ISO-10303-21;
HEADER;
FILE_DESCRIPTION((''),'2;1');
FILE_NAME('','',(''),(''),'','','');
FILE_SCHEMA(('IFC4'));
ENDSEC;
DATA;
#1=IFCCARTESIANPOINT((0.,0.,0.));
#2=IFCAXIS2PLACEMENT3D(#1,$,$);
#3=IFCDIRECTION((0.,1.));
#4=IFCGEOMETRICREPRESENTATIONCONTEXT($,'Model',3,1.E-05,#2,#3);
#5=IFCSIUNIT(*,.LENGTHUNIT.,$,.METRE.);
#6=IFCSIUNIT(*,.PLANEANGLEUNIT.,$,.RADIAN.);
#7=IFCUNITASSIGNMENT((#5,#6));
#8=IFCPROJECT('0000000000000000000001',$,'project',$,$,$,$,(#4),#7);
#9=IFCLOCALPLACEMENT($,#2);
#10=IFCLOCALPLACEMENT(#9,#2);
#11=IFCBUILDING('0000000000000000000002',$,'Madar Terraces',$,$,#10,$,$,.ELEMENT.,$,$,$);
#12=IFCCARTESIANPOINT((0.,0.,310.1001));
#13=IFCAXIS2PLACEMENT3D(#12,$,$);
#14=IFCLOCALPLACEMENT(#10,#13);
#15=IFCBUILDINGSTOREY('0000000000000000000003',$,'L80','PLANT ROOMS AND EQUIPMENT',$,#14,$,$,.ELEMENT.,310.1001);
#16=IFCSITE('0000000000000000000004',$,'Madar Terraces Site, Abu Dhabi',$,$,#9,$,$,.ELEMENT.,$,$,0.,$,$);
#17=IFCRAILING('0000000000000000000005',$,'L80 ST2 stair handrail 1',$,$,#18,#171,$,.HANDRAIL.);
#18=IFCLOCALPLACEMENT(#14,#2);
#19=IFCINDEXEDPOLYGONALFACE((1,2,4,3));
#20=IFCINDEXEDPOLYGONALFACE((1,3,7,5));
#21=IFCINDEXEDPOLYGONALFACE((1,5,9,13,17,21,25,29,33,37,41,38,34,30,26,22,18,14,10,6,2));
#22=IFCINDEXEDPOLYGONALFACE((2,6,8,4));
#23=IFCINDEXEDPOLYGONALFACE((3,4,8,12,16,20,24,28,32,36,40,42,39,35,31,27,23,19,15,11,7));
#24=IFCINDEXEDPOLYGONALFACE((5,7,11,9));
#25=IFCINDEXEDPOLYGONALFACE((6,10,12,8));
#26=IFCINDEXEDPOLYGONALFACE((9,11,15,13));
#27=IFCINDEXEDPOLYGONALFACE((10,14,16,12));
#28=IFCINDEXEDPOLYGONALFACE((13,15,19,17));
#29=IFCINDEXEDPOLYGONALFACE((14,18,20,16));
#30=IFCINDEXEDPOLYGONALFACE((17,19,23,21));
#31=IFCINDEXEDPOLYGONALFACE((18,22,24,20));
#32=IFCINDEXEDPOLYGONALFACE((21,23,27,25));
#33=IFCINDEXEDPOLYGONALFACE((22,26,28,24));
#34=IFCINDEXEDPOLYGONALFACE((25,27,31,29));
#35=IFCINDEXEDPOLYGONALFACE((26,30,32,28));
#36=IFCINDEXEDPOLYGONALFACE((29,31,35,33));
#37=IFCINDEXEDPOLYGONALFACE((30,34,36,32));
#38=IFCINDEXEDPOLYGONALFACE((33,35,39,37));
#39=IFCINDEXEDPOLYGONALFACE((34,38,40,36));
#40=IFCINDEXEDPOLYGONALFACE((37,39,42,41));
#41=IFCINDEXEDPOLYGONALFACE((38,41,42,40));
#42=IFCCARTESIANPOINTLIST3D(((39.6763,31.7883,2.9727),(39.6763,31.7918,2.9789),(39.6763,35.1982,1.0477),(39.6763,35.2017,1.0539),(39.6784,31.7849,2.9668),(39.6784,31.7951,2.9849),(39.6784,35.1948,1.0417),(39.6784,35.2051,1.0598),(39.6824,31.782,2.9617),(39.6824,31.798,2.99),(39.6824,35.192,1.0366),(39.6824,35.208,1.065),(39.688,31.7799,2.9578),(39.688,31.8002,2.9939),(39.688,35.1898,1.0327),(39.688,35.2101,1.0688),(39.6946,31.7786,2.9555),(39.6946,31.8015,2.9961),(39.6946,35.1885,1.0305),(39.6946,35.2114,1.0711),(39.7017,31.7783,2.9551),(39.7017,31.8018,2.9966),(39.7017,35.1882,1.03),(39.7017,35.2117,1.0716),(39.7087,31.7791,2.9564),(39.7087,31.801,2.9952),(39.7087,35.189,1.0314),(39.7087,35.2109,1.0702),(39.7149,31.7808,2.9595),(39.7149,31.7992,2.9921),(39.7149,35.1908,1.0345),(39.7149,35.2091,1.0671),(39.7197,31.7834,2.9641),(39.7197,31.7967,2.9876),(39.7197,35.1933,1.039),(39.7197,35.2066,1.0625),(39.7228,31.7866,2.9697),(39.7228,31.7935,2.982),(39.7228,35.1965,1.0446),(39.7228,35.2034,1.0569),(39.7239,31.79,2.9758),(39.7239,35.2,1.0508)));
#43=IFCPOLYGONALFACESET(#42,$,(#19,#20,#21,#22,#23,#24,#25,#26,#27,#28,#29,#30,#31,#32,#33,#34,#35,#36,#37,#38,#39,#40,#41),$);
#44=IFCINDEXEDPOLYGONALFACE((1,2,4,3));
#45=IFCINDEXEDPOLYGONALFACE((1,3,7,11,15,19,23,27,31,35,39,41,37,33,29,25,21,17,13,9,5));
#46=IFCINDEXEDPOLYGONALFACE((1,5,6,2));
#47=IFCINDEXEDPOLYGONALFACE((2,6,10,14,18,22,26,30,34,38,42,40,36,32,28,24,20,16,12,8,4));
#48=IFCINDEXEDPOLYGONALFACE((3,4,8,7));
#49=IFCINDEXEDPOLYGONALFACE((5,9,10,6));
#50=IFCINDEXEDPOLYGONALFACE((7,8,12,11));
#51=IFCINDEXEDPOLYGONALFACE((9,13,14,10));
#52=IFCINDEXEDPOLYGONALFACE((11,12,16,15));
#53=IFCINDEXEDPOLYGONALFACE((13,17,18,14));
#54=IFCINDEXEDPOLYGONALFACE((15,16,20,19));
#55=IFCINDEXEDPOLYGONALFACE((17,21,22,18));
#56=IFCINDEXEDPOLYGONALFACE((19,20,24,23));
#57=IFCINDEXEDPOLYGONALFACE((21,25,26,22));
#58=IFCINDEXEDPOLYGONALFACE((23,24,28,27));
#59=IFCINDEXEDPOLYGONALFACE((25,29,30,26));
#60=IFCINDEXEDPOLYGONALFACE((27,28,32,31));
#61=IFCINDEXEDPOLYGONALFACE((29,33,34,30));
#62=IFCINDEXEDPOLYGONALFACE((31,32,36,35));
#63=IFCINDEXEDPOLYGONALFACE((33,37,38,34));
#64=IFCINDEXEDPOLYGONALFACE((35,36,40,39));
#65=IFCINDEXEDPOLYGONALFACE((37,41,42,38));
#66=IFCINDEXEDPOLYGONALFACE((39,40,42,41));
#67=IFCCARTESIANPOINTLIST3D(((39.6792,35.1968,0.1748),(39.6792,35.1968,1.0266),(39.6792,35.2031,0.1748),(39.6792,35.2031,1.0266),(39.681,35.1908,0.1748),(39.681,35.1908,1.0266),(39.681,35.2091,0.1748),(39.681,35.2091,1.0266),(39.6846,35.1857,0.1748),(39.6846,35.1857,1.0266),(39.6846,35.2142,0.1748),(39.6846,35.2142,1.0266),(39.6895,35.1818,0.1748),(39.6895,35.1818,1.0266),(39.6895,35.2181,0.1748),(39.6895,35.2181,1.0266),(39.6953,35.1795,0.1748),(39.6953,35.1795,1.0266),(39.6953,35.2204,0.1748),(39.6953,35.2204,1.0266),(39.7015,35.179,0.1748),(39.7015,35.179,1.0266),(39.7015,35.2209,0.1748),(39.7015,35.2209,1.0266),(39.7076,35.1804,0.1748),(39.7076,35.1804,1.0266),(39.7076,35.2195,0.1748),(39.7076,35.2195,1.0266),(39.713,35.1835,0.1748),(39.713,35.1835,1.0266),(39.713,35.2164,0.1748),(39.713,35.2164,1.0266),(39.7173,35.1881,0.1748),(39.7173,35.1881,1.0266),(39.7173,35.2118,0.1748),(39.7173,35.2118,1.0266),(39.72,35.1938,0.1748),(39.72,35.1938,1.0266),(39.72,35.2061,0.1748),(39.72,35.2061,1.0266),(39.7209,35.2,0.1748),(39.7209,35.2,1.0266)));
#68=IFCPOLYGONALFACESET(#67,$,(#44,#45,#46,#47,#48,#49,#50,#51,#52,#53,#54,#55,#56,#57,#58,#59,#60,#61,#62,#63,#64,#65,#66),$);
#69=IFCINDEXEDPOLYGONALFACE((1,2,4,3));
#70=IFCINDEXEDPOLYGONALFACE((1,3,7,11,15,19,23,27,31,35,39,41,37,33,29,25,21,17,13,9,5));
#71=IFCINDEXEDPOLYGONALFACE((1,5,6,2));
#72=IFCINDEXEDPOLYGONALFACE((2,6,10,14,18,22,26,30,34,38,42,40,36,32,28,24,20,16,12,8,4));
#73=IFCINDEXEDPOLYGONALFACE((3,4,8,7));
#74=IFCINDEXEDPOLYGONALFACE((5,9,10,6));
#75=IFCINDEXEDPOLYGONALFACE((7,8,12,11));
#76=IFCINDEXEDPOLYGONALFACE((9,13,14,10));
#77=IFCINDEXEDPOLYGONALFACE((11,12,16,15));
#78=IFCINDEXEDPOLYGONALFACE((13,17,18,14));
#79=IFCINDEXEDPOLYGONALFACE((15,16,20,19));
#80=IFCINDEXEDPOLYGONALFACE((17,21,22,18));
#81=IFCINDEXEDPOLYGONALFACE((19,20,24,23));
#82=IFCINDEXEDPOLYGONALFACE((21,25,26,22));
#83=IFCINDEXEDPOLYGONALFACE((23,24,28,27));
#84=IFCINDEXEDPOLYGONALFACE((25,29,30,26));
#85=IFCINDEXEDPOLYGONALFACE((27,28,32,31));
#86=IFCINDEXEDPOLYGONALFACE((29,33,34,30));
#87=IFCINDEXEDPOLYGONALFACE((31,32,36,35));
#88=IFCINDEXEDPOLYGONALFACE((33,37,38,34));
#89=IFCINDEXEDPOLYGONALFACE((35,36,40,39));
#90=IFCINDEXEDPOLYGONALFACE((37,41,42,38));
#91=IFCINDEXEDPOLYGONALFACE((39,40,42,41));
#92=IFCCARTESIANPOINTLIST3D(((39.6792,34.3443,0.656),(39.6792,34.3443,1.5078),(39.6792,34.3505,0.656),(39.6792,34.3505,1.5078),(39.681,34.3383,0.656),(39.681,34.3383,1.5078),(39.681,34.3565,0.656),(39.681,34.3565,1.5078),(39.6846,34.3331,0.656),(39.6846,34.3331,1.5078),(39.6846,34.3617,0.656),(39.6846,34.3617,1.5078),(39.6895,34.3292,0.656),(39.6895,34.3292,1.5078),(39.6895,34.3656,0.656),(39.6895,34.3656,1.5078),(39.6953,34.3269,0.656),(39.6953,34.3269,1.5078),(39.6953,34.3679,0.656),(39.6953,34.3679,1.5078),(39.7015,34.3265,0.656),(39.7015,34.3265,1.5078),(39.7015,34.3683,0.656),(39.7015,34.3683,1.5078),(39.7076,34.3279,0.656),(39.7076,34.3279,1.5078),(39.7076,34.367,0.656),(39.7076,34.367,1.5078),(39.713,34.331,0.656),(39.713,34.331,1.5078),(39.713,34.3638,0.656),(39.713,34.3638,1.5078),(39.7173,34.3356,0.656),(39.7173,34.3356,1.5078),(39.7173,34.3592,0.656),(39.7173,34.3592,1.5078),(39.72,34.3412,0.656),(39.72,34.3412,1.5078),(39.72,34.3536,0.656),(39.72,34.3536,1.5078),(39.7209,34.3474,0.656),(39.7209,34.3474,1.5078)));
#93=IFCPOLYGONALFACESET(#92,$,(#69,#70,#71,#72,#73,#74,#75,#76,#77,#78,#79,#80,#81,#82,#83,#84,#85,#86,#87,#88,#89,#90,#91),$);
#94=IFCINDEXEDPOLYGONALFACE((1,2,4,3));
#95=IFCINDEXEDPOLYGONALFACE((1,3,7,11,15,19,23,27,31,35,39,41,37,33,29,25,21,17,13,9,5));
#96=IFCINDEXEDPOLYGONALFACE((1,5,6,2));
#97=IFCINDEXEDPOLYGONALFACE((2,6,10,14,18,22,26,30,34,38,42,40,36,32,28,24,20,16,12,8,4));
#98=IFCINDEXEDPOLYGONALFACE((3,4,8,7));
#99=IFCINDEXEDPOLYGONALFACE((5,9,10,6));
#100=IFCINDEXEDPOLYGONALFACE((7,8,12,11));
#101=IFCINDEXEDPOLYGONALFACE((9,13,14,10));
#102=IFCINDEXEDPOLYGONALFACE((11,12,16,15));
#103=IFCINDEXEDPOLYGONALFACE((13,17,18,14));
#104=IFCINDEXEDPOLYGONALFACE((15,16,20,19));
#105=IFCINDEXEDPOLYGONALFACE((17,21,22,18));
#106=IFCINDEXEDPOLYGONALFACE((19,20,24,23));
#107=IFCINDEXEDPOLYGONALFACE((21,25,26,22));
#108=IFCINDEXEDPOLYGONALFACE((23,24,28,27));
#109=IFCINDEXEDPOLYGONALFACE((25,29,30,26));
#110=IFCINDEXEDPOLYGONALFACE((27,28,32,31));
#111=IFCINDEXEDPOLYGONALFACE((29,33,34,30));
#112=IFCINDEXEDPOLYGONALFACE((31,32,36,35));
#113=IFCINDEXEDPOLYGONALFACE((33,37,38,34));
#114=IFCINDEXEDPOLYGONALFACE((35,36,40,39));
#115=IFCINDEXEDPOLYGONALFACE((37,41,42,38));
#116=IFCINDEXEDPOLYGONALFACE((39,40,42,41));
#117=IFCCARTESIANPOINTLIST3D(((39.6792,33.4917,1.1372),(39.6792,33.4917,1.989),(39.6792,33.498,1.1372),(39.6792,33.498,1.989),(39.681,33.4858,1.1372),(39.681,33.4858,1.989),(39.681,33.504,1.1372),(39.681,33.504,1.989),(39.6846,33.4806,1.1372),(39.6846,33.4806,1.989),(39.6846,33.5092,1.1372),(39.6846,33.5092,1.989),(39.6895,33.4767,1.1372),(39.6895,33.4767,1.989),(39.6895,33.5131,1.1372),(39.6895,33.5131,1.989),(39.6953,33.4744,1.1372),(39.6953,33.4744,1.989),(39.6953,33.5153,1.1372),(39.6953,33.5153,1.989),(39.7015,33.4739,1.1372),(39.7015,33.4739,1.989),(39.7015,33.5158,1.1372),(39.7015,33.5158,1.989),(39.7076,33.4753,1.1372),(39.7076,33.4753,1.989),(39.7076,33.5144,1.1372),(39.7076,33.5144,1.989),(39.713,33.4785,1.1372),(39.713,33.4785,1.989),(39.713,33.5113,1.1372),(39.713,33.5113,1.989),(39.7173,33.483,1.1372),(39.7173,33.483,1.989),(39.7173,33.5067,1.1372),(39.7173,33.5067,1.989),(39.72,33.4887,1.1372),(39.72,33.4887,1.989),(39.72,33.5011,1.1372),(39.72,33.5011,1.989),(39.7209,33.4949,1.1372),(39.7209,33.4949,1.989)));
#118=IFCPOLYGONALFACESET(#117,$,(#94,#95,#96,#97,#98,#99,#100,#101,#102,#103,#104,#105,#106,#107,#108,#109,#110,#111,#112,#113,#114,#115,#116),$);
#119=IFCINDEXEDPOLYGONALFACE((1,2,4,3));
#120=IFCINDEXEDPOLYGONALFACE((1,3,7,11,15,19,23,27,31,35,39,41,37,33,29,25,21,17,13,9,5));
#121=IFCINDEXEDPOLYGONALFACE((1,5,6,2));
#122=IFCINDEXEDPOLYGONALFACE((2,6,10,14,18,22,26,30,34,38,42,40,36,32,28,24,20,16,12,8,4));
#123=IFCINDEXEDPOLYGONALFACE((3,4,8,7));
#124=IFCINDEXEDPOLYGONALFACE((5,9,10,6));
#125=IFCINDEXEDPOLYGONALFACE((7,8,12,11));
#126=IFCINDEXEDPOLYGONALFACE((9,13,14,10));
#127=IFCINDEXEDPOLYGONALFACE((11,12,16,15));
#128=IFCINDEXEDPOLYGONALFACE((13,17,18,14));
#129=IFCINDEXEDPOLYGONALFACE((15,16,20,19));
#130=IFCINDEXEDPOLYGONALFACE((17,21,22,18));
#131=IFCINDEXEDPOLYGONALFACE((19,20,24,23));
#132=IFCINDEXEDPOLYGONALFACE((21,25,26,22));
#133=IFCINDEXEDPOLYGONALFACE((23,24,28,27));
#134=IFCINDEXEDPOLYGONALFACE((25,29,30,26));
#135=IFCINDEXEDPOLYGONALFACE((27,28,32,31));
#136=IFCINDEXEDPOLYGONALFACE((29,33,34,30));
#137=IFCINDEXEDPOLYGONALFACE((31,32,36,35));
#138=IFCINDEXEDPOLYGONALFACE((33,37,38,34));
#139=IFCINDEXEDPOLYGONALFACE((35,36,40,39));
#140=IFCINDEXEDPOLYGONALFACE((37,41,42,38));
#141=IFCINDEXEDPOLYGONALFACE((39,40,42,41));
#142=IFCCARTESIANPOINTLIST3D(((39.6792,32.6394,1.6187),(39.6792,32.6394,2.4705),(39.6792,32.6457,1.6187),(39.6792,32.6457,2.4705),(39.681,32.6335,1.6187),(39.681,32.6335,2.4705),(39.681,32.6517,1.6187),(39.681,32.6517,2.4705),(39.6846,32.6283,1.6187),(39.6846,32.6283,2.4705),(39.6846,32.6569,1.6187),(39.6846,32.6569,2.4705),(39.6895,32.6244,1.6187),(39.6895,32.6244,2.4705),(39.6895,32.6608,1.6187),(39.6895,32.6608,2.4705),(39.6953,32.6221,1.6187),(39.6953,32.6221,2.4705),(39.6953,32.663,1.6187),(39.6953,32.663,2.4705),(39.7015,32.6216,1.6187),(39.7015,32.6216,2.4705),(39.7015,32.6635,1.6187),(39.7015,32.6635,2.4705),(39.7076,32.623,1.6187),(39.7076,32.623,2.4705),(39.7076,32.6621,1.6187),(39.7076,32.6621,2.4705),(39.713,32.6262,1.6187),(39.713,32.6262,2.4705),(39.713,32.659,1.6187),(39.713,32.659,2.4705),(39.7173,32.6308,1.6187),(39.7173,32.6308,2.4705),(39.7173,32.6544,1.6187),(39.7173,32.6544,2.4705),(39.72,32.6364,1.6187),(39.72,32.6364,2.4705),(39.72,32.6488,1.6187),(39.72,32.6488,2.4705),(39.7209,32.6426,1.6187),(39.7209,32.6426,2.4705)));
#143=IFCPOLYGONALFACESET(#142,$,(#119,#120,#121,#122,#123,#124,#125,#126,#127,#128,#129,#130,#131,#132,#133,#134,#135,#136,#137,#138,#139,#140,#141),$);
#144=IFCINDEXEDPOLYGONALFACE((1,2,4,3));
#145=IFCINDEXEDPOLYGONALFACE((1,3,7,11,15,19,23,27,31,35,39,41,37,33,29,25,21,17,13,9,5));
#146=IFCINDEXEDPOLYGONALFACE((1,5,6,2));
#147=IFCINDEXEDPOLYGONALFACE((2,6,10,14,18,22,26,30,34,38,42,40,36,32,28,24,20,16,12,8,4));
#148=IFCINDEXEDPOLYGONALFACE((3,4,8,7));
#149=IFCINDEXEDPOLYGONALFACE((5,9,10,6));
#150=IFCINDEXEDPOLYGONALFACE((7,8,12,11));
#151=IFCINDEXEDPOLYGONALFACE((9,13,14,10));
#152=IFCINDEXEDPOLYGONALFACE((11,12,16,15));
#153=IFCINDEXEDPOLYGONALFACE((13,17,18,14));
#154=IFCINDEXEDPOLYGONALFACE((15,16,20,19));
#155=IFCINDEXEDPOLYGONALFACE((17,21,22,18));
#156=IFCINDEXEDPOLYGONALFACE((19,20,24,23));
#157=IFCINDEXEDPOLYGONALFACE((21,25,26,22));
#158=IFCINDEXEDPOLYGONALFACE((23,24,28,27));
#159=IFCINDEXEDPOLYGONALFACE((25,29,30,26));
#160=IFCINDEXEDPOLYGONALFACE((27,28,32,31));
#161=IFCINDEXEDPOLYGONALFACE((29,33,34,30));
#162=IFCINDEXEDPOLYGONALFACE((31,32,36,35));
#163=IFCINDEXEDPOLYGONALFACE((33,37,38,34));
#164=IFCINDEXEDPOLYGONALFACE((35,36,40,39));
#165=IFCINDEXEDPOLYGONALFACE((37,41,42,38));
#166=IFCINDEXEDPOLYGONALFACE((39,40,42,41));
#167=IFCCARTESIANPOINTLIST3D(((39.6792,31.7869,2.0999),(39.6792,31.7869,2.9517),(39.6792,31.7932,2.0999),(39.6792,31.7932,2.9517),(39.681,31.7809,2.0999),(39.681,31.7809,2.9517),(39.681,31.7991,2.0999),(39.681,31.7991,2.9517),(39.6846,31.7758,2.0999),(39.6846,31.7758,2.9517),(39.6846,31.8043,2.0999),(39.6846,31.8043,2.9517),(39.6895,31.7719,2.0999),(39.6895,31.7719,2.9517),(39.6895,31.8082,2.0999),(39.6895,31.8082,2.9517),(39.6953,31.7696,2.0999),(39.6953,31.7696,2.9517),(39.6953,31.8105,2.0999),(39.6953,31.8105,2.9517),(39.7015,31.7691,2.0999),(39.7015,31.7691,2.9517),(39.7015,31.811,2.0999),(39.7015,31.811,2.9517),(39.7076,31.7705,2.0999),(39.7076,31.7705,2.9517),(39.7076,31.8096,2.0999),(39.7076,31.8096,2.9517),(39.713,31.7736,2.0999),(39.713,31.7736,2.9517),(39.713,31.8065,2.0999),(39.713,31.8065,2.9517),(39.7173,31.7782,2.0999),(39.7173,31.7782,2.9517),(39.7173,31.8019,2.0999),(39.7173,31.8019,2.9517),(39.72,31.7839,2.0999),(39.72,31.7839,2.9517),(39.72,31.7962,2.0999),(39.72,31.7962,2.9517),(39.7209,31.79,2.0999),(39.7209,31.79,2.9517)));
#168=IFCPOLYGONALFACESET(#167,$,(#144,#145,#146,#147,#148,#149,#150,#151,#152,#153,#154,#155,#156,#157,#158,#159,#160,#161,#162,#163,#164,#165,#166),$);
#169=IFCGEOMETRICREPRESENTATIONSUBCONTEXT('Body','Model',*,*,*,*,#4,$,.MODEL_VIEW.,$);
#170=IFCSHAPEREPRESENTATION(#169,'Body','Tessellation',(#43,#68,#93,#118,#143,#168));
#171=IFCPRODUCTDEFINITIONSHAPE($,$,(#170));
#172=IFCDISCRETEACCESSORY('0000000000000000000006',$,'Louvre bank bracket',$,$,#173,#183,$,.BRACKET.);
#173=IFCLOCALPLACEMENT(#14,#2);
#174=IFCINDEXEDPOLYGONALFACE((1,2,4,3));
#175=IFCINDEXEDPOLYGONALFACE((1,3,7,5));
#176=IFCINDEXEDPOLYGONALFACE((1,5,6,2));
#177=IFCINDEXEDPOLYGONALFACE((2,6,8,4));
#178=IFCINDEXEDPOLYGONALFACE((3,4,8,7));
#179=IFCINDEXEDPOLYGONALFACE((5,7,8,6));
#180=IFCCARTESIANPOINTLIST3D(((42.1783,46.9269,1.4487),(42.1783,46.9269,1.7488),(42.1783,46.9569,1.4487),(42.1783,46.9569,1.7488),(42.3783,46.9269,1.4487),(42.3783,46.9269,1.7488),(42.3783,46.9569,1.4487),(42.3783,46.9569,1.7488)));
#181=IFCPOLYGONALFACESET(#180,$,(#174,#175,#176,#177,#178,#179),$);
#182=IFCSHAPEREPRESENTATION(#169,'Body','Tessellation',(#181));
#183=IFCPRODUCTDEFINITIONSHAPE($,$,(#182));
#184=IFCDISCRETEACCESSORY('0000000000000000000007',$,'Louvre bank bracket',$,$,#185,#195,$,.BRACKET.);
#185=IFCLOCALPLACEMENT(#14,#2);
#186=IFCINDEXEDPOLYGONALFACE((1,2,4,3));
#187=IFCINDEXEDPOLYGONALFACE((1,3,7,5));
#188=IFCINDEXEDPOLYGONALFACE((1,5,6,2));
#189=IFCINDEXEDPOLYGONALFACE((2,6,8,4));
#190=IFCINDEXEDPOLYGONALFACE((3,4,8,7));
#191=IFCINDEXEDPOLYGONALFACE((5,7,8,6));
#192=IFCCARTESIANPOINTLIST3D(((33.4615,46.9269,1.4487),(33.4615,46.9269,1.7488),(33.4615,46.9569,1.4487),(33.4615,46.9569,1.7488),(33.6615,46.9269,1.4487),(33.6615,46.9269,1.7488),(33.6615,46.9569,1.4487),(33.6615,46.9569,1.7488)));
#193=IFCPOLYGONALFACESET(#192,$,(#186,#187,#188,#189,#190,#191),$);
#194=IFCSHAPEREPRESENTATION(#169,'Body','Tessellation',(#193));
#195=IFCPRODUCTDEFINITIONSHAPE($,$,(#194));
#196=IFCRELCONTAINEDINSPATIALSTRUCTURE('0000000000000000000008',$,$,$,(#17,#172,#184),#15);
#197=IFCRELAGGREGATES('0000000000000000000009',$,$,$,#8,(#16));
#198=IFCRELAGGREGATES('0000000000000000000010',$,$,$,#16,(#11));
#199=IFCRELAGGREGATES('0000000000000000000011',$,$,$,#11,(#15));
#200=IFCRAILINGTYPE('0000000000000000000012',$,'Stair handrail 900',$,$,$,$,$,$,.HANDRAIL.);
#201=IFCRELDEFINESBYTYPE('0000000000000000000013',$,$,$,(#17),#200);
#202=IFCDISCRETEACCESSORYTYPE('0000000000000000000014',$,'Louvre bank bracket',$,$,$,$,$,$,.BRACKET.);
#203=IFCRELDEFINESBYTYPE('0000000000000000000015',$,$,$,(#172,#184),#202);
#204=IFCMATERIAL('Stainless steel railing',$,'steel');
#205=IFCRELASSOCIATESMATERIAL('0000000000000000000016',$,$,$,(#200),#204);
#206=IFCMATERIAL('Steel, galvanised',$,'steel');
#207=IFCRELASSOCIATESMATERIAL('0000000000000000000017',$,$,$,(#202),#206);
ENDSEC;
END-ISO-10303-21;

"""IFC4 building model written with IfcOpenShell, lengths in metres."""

from ifc_helpers import new_model, si_unit, direction, frame, origin, origin_2d, place, context, subcontext, project, spatial, rectangle, circle, extrude, material, type_object, element, save


model = new_model("IFC4")

# Units and contexts
model_context = context("Model", 3, precision=1e-05, world=origin(), true_north=direction((0.0, 1.0)))
body_context = subcontext(model_context, "Body", "Model", "MODEL_VIEW")
ifc_project = project(units=[si_unit("LENGTHUNIT", "METRE"), si_unit("PLANEANGLEUNIT", "RADIAN")], contexts=[model_context])

# Site, building, storey
site_placement = place(None, origin())
site = spatial("IfcSite", under=ifc_project, at=site_placement, Name="Madar Terraces Site, Abu Dhabi", CompositionType="ELEMENT", RefElevation=0.0)
building_placement = place(site_placement, origin())
building = spatial("IfcBuilding", under=site, at=building_placement, Name="Madar Terraces", CompositionType="ELEMENT")
storey_placement = place(building_placement, frame((0.0, 0.0, 310.1001)))
storey = spatial("IfcBuildingStorey", under=building, at=storey_placement, Name="L80", Description="PLANT ROOMS AND EQUIPMENT", CompositionType="ELEMENT", Elevation=310.1001)

# Railing
ifc_material_1 = material(Name="Stainless steel railing", Category="steel")
railing_type_1 = type_object("IfcRailingType", Name="Stair handrail 900", PredefinedType="HANDRAIL", material=ifc_material_1)
railing_1_placement = place(storey_placement, frame((39.7, 35.2, 0.1748)))
element("IfcRailing", 1, at=railing_1_placement, inside=storey, type_object=railing_type_1, Name="L80 ST2 stair handrail 1", PredefinedType="HANDRAIL", context=body_context, shape_type="SweptSolid", body=[
    extrude(circle(Radius=0.0239, at=origin_2d()), frame((0.0, 0.0, 0.876), z_axis=(0.0, -0.870814, 0.491613), x_axis=(1.0, 0.0, 0.0)), (0.0, 0.0, 1.0), 3.9158),
    extrude(circle(Radius=0.021, at=origin_2d()), origin(), (0.0, 0.0, 1.0), 0.8518),
    extrude(circle(Radius=0.021, at=origin_2d()), frame((0.0, -0.8525, 0.4812)), (0.0, 0.0, 1.0), 0.8518),
    extrude(circle(Radius=0.021, at=origin_2d()), frame((0.0, -1.7051, 0.9624)), (0.0, 0.0, 1.0), 0.8518),
    extrude(circle(Radius=0.021, at=origin_2d()), frame((0.0, -2.5574, 1.4438)), (0.0, 0.0, 1.0), 0.8518),
    extrude(circle(Radius=0.021, at=origin_2d()), frame((0.0, -3.4099, 1.925)), (0.0, 0.0, 1.0), 0.8518),
])

# Discrete accessories
ifc_material_2 = material(Name="Steel, galvanised", Category="steel")
discrete_accessory_type = type_object("IfcDiscreteAccessoryType", Name="Louvre bank bracket", PredefinedType="BRACKET", material=ifc_material_2)
for number, where, z_axis, x_axis, name in (
    (2, (42.2783, 46.9419, 1.4487), (0.0, 0.0, 1.0), (-1.0, 0.0, 0.0), "Louvre bank bracket"),
    (3, (33.5615, 46.9419, 1.4487), (0.0, 0.0, 1.0), (-1.0, 0.0, 0.0), "Louvre bank bracket"),
):
    element("IfcDiscreteAccessory", number, at=place(storey_placement, frame(where, z_axis=z_axis, x_axis=x_axis)), inside=storey, type_object=discrete_accessory_type, Name=name, PredefinedType="BRACKET", context=body_context, shape_type="SweptSolid", body=[
        extrude(rectangle(XDim=0.2, YDim=0.03, at=origin_2d()), origin(), (0.0, 0.0, 1.0), 0.3),
    ])

save(model, "model.ifc")
